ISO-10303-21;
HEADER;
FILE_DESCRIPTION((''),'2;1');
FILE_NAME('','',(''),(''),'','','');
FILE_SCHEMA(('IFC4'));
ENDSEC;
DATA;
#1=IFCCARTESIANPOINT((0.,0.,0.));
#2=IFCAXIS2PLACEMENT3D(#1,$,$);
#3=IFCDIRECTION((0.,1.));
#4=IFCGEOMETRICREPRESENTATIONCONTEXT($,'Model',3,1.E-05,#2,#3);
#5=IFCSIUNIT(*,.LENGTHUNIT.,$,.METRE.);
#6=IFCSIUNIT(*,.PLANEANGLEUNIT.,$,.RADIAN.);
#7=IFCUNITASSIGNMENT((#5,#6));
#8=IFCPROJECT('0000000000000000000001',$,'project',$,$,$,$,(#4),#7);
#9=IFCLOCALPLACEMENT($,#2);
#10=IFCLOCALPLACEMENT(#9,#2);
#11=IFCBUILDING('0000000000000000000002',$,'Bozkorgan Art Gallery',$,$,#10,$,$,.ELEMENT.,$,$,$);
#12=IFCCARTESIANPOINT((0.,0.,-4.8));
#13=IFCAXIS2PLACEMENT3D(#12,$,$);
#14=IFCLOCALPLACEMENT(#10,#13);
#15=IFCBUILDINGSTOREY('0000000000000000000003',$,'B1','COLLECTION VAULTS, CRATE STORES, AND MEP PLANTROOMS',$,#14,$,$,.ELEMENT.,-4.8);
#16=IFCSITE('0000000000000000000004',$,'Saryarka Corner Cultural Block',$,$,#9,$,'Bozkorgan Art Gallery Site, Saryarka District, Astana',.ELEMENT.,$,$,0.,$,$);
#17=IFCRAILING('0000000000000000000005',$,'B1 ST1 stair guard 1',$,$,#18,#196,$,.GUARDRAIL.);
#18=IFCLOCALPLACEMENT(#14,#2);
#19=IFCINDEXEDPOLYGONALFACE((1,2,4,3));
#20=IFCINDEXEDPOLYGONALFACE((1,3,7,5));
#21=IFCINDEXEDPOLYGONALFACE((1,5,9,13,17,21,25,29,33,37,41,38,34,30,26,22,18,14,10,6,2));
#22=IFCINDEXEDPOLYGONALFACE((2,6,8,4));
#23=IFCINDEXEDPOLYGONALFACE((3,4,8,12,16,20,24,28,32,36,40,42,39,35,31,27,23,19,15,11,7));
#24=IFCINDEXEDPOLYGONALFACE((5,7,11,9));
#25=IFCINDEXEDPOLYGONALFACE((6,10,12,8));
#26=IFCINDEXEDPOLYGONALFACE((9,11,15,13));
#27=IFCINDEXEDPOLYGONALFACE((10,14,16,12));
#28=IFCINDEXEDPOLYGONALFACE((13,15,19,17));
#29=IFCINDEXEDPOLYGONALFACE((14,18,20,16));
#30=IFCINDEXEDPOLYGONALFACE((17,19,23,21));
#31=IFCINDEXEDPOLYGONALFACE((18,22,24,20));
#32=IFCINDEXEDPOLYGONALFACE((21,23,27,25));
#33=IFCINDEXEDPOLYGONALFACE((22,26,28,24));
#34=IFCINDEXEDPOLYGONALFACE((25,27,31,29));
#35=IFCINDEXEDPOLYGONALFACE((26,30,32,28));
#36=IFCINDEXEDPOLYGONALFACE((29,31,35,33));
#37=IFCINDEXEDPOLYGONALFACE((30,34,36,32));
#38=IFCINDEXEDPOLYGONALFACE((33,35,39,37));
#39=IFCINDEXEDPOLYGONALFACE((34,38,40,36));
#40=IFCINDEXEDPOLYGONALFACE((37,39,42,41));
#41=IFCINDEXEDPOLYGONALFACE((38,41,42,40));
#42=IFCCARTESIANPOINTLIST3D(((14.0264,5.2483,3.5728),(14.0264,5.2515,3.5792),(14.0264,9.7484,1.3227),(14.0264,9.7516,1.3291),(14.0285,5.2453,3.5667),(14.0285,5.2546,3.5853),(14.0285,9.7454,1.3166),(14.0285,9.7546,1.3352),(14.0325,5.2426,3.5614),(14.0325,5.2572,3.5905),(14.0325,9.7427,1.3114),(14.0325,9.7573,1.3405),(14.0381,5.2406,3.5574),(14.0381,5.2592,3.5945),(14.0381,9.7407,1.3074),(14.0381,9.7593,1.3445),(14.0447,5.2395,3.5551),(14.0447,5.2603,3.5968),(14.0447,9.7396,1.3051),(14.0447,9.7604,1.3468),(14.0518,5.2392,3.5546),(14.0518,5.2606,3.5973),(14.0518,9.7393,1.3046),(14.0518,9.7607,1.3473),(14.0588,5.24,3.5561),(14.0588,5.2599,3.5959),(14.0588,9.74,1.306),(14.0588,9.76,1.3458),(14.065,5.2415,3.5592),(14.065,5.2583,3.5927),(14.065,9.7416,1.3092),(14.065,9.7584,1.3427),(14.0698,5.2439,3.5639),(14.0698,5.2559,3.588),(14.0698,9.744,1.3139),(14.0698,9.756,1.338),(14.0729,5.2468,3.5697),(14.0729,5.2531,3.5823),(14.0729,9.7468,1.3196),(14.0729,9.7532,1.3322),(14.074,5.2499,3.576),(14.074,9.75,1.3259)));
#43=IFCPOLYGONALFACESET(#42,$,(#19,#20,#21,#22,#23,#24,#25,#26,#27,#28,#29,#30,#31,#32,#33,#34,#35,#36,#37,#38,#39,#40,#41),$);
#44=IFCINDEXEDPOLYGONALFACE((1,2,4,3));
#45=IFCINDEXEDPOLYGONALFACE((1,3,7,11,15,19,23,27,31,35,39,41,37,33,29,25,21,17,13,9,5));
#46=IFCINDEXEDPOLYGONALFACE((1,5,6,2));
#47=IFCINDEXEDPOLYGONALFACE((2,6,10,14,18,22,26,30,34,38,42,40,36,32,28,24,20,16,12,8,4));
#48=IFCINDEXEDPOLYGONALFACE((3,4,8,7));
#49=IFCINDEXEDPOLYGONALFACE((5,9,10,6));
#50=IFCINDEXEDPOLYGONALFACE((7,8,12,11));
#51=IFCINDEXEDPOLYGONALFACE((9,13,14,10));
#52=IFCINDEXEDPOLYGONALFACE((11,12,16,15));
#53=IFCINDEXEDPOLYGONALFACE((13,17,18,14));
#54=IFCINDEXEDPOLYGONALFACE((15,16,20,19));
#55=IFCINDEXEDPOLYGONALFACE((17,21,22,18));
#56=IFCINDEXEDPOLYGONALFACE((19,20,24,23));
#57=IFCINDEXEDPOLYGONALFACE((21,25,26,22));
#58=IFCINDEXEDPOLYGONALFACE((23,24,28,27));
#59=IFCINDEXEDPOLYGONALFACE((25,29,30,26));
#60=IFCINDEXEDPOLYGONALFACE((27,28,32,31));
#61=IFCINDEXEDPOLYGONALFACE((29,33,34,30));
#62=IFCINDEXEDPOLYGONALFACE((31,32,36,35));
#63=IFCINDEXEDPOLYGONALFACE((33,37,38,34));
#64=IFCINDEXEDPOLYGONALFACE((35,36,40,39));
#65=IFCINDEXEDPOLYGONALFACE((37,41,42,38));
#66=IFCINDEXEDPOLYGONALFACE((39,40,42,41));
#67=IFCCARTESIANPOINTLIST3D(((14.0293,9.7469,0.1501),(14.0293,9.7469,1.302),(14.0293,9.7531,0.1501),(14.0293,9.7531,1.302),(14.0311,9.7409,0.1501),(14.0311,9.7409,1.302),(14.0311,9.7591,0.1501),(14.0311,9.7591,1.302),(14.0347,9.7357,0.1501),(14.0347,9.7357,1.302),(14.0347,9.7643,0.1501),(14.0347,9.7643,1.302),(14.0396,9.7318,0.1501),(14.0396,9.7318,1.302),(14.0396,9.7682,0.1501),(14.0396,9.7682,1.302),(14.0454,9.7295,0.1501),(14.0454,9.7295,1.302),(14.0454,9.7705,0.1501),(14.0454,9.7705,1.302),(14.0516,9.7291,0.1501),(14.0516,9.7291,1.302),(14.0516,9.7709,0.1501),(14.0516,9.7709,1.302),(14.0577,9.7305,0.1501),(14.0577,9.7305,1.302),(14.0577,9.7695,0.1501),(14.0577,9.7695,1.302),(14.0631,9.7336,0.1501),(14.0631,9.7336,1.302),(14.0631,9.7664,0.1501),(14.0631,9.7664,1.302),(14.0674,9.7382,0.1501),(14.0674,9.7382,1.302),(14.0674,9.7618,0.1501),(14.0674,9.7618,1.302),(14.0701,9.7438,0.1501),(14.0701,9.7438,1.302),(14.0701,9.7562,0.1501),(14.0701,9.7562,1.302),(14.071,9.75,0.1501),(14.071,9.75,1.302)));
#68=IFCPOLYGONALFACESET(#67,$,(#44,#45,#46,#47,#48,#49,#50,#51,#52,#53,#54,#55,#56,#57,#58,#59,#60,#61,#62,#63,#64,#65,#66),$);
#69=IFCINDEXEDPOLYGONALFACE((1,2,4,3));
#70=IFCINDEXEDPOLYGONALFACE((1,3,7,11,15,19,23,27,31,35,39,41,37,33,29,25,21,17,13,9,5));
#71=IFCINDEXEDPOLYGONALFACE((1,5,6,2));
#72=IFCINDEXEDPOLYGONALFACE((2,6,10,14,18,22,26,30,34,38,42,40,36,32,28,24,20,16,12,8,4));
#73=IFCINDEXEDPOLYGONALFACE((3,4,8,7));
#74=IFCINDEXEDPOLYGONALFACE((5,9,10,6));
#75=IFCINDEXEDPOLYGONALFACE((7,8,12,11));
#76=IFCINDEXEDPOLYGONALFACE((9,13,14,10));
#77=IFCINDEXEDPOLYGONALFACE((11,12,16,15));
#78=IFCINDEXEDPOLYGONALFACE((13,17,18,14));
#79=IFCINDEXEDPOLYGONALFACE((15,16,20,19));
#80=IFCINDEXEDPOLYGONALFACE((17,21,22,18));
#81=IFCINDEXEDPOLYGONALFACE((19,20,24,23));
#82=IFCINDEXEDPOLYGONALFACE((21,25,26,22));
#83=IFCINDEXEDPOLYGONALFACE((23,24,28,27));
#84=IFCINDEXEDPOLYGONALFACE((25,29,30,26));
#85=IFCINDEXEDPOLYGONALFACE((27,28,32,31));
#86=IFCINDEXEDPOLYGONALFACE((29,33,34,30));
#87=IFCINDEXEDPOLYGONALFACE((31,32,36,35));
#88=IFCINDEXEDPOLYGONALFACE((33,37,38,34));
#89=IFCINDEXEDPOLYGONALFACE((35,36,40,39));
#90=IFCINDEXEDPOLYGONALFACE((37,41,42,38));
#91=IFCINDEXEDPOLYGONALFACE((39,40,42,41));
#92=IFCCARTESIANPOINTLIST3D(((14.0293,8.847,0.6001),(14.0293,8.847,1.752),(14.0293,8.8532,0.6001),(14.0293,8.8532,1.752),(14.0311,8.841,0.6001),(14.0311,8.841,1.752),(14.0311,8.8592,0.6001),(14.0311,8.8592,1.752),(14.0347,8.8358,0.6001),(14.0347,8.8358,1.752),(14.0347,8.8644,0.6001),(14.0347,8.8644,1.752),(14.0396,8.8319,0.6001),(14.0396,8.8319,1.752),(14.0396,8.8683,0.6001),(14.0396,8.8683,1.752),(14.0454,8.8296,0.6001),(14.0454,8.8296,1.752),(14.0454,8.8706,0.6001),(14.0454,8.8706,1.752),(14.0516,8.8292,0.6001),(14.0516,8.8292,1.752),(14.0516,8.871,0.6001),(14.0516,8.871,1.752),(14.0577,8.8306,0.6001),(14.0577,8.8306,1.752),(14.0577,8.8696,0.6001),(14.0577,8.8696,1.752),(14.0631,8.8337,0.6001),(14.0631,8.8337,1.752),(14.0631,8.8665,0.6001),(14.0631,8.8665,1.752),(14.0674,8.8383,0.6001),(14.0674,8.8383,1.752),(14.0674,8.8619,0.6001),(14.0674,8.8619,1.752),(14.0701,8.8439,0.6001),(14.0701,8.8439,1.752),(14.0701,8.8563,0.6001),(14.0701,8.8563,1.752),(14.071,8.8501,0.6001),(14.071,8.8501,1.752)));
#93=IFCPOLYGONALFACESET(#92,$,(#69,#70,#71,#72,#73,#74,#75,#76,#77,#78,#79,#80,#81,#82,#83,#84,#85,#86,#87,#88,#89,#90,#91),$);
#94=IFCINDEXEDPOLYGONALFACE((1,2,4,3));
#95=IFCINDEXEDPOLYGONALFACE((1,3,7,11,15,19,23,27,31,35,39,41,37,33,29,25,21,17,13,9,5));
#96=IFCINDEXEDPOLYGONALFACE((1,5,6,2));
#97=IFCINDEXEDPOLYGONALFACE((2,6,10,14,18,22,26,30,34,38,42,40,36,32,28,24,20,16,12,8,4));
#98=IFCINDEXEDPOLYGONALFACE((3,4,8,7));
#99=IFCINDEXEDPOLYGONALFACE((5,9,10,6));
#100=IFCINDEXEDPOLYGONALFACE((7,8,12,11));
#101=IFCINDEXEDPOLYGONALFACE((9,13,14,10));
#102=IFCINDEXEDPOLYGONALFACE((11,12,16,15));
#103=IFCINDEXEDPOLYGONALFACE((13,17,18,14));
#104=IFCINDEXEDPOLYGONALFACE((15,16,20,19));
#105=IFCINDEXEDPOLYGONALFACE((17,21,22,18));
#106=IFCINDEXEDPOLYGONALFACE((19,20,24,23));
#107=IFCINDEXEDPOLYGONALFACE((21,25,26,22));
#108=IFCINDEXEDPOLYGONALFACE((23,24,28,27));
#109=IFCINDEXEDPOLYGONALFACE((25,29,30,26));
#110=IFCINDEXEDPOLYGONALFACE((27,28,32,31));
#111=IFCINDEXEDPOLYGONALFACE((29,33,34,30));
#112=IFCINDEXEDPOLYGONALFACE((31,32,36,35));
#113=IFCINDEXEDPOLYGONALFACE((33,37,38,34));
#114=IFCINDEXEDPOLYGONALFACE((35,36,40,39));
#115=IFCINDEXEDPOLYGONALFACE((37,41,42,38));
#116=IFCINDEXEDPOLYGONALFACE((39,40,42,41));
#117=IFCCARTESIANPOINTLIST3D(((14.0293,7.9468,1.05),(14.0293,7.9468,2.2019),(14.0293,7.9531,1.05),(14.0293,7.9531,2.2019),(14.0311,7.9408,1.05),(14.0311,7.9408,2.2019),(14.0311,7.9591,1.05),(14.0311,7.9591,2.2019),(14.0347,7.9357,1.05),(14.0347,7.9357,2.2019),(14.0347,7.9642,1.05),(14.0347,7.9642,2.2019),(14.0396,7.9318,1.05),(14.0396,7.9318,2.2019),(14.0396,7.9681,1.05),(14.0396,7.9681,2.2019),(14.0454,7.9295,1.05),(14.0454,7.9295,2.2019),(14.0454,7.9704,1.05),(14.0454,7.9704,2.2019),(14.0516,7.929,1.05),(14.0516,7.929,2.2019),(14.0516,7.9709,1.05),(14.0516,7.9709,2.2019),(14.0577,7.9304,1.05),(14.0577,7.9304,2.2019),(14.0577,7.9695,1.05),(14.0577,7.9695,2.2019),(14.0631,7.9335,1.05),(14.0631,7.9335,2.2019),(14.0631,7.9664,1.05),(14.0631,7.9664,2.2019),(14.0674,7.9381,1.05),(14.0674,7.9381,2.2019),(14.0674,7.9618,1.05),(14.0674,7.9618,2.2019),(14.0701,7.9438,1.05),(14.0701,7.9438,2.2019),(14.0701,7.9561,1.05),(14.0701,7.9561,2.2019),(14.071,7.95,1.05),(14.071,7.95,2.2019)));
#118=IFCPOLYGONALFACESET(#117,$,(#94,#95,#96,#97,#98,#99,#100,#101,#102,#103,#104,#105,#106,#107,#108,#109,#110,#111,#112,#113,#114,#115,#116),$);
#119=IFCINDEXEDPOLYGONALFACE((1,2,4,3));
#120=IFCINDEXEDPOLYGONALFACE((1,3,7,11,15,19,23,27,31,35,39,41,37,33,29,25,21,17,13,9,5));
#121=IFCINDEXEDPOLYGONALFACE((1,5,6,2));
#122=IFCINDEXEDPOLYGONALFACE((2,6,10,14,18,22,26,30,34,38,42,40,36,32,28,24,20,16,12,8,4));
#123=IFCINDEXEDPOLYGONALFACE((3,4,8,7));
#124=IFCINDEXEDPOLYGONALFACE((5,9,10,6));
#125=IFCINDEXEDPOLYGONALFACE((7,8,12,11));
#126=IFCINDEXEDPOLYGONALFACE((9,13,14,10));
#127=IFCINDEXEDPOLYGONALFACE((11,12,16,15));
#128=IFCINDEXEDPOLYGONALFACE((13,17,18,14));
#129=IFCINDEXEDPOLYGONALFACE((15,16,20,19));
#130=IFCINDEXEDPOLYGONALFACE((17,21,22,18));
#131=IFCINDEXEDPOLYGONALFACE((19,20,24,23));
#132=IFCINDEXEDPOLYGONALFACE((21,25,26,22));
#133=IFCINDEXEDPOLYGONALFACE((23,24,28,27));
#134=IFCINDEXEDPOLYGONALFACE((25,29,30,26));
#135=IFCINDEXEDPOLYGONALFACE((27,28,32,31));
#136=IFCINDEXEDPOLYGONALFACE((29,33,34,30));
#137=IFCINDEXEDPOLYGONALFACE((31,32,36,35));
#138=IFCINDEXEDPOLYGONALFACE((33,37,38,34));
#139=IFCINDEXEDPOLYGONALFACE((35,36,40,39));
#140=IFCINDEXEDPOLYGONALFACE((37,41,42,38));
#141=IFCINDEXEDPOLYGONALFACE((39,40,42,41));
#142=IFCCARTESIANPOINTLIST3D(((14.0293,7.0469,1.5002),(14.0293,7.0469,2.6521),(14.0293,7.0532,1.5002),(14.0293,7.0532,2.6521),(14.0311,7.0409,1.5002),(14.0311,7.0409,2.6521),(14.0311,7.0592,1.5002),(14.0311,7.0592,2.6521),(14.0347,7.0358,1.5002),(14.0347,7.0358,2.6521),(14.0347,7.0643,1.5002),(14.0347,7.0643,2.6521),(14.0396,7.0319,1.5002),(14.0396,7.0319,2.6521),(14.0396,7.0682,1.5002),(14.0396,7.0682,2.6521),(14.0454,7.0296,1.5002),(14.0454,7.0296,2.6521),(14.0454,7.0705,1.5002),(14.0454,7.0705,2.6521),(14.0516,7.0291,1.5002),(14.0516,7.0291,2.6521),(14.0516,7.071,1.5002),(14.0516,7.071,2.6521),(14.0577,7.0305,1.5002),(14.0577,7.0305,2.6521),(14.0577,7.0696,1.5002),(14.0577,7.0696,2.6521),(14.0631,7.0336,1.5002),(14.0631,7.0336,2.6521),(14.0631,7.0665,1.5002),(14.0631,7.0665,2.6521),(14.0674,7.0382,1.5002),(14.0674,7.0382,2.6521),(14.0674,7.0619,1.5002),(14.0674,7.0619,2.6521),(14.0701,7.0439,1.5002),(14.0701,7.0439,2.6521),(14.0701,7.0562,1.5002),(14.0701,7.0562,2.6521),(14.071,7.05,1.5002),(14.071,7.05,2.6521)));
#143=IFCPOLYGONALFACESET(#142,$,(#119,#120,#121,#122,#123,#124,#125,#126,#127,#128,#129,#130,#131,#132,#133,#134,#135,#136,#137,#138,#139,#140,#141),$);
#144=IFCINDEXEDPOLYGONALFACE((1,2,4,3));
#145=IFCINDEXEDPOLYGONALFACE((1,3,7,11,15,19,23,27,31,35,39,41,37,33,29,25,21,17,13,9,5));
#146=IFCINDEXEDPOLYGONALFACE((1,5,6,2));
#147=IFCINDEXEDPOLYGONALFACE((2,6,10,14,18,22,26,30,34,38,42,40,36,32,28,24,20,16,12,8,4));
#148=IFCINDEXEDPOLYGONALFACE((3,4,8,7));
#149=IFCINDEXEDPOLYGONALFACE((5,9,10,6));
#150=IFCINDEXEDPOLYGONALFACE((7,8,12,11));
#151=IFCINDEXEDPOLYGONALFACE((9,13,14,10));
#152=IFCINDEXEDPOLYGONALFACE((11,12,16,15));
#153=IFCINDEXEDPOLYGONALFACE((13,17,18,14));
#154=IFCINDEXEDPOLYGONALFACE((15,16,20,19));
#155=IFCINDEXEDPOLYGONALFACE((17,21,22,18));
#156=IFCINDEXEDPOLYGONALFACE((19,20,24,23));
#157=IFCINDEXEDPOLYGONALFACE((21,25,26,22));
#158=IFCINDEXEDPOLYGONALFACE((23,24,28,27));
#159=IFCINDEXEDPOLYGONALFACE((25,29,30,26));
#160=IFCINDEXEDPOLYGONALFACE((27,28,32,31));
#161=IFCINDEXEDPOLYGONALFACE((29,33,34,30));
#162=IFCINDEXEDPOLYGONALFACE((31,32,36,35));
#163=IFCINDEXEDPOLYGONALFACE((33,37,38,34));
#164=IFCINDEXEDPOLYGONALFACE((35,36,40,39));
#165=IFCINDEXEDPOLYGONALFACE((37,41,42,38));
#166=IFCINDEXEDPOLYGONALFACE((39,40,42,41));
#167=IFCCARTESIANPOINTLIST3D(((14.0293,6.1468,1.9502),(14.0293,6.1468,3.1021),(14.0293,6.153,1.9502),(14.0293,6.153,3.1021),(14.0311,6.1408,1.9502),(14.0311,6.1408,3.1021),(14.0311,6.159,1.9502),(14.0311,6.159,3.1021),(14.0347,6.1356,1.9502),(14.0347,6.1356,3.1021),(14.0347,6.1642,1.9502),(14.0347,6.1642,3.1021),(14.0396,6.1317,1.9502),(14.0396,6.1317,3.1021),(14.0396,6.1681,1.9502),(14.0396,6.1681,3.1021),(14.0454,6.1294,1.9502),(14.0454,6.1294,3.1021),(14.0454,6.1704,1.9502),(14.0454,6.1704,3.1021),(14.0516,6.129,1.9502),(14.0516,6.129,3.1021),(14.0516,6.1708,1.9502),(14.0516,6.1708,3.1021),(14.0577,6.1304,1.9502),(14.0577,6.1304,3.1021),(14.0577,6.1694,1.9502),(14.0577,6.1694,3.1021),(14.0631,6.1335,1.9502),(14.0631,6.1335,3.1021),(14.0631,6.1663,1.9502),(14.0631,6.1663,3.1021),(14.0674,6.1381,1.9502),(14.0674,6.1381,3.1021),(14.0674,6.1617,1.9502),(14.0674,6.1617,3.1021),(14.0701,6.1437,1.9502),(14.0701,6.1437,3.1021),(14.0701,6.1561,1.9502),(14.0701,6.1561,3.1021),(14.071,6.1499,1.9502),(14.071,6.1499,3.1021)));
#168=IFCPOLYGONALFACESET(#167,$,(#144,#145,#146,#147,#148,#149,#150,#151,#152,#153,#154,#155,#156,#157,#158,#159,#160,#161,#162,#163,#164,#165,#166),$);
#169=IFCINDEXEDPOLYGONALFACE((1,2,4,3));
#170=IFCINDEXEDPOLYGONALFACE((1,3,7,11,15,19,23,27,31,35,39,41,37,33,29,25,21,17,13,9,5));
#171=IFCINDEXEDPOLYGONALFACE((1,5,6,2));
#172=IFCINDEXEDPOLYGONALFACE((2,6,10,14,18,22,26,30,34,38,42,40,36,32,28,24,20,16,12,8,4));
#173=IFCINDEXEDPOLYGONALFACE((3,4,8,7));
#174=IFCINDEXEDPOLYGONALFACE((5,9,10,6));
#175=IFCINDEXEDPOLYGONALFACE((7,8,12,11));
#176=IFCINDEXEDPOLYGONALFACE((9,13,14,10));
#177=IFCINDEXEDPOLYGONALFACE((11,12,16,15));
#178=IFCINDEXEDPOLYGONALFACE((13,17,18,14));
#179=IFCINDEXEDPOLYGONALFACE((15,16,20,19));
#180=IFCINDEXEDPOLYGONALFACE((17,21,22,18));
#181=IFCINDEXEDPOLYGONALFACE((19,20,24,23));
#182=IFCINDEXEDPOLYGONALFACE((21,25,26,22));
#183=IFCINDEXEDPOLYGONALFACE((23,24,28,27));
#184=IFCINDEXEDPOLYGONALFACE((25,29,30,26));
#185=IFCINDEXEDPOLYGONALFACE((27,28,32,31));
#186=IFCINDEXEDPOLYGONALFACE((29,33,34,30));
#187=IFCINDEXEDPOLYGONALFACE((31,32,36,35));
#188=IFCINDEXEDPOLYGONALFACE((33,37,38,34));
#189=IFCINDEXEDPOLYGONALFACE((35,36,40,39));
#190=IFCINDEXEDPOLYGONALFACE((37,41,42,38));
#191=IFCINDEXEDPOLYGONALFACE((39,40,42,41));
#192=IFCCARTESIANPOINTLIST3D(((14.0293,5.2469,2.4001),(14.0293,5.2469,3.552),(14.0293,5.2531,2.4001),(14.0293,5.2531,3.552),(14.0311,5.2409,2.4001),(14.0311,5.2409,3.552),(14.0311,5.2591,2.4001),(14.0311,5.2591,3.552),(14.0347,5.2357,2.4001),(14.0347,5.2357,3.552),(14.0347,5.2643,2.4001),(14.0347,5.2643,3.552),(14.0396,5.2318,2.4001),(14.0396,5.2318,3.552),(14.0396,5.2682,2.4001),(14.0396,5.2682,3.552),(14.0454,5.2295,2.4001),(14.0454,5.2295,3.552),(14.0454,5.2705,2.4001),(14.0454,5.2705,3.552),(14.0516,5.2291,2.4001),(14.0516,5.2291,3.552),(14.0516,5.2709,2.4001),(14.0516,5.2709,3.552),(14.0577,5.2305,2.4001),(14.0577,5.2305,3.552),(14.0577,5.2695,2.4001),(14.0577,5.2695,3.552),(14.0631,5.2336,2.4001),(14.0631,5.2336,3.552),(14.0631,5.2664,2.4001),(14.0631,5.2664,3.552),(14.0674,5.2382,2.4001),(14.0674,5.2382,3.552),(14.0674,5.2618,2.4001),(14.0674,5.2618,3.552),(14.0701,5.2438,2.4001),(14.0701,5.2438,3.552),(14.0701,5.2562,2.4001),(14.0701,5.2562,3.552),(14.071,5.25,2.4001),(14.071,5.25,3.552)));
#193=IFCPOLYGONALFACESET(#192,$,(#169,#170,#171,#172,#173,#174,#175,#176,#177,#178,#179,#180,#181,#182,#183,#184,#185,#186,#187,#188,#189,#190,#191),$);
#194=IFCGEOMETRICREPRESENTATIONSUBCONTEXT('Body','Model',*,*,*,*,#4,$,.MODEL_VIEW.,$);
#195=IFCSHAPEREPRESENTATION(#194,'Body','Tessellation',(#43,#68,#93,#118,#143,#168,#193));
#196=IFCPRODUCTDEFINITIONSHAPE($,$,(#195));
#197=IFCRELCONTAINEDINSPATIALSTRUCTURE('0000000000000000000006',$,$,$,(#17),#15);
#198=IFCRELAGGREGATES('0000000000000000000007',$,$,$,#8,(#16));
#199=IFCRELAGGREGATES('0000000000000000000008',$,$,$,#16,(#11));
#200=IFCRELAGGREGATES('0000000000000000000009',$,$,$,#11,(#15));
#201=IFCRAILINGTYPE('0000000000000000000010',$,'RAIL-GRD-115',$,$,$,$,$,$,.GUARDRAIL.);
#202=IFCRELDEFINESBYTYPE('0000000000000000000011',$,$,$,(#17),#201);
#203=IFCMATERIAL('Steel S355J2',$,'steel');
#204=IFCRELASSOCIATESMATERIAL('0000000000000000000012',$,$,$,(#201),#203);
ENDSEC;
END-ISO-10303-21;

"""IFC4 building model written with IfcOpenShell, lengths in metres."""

from ifc_helpers import new_model, si_unit, direction, frame, origin, origin_2d, place, context, subcontext, project, spatial, circle, extrude, material, type_object, element, save


model = new_model("IFC4")

# Units and contexts
model_context = context("Model", 3, precision=1e-05, world=origin(), true_north=direction((0.0, 1.0)))
body_context = subcontext(model_context, "Body", "Model", "MODEL_VIEW")
ifc_project = project(units=[si_unit("LENGTHUNIT", "METRE"), si_unit("PLANEANGLEUNIT", "RADIAN")], contexts=[model_context])

# Site, building, storey
site_placement = place(None, origin())
site = spatial("IfcSite", under=ifc_project, at=site_placement, Name="Saryarka Corner Cultural Block", LongName="Bozkorgan Art Gallery Site, Saryarka District, Astana", CompositionType="ELEMENT", RefElevation=0.0)
building_placement = place(site_placement, origin())
building = spatial("IfcBuilding", under=site, at=building_placement, Name="Bozkorgan Art Gallery", CompositionType="ELEMENT")
storey_placement = place(building_placement, frame((0.0, 0.0, -4.8)))
storey = spatial("IfcBuildingStorey", under=building, at=storey_placement, Name="B1", Description="COLLECTION VAULTS, CRATE STORES, AND MEP PLANTROOMS", CompositionType="ELEMENT", Elevation=-4.8)

# Shared definitions
ifc_material_1 = material(Name="Steel S355J2", Category="steel")

# Railing
railing_type_1 = type_object("IfcRailingType", Name="RAIL-GRD-115", PredefinedType="GUARDRAIL", material=ifc_material_1)
railing_1_placement = place(storey_placement, frame((14.05, 9.75, 0.1501)))
element("IfcRailing", 1, at=railing_1_placement, inside=storey, type_object=railing_type_1, Name="B1 ST1 stair guard 1", PredefinedType="GUARDRAIL", context=body_context, shape_type="SweptSolid", body=[
    extrude(circle(Radius=0.0239, at=origin_2d()), frame((0.0, 0.0, 1.1758), z_axis=(0.0, -0.894427, 0.447214), x_axis=(1.0, 0.0, 0.0)), (0.0, 0.0, 1.0), 5.0312),
    extrude(circle(Radius=0.021, at=origin_2d()), origin(), (0.0, 0.0, 1.0), 1.1519),
    extrude(circle(Radius=0.021, at=origin_2d()), frame((0.0, -0.8999, 0.45)), (0.0, 0.0, 1.0), 1.1519),
    extrude(circle(Radius=0.021, at=origin_2d()), frame((0.0, -1.8, 0.8999)), (0.0, 0.0, 1.0), 1.1519),
    extrude(circle(Radius=0.021, at=origin_2d()), frame((0.0, -2.7, 1.3501)), (0.0, 0.0, 1.0), 1.1519),
    extrude(circle(Radius=0.021, at=origin_2d()), frame((0.0, -3.6001, 1.8)), (0.0, 0.0, 1.0), 1.1519),
    extrude(circle(Radius=0.021, at=origin_2d()), frame((0.0, -4.5, 2.25)), (0.0, 0.0, 1.0), 1.1519),
])

save(model, "model.ifc")
